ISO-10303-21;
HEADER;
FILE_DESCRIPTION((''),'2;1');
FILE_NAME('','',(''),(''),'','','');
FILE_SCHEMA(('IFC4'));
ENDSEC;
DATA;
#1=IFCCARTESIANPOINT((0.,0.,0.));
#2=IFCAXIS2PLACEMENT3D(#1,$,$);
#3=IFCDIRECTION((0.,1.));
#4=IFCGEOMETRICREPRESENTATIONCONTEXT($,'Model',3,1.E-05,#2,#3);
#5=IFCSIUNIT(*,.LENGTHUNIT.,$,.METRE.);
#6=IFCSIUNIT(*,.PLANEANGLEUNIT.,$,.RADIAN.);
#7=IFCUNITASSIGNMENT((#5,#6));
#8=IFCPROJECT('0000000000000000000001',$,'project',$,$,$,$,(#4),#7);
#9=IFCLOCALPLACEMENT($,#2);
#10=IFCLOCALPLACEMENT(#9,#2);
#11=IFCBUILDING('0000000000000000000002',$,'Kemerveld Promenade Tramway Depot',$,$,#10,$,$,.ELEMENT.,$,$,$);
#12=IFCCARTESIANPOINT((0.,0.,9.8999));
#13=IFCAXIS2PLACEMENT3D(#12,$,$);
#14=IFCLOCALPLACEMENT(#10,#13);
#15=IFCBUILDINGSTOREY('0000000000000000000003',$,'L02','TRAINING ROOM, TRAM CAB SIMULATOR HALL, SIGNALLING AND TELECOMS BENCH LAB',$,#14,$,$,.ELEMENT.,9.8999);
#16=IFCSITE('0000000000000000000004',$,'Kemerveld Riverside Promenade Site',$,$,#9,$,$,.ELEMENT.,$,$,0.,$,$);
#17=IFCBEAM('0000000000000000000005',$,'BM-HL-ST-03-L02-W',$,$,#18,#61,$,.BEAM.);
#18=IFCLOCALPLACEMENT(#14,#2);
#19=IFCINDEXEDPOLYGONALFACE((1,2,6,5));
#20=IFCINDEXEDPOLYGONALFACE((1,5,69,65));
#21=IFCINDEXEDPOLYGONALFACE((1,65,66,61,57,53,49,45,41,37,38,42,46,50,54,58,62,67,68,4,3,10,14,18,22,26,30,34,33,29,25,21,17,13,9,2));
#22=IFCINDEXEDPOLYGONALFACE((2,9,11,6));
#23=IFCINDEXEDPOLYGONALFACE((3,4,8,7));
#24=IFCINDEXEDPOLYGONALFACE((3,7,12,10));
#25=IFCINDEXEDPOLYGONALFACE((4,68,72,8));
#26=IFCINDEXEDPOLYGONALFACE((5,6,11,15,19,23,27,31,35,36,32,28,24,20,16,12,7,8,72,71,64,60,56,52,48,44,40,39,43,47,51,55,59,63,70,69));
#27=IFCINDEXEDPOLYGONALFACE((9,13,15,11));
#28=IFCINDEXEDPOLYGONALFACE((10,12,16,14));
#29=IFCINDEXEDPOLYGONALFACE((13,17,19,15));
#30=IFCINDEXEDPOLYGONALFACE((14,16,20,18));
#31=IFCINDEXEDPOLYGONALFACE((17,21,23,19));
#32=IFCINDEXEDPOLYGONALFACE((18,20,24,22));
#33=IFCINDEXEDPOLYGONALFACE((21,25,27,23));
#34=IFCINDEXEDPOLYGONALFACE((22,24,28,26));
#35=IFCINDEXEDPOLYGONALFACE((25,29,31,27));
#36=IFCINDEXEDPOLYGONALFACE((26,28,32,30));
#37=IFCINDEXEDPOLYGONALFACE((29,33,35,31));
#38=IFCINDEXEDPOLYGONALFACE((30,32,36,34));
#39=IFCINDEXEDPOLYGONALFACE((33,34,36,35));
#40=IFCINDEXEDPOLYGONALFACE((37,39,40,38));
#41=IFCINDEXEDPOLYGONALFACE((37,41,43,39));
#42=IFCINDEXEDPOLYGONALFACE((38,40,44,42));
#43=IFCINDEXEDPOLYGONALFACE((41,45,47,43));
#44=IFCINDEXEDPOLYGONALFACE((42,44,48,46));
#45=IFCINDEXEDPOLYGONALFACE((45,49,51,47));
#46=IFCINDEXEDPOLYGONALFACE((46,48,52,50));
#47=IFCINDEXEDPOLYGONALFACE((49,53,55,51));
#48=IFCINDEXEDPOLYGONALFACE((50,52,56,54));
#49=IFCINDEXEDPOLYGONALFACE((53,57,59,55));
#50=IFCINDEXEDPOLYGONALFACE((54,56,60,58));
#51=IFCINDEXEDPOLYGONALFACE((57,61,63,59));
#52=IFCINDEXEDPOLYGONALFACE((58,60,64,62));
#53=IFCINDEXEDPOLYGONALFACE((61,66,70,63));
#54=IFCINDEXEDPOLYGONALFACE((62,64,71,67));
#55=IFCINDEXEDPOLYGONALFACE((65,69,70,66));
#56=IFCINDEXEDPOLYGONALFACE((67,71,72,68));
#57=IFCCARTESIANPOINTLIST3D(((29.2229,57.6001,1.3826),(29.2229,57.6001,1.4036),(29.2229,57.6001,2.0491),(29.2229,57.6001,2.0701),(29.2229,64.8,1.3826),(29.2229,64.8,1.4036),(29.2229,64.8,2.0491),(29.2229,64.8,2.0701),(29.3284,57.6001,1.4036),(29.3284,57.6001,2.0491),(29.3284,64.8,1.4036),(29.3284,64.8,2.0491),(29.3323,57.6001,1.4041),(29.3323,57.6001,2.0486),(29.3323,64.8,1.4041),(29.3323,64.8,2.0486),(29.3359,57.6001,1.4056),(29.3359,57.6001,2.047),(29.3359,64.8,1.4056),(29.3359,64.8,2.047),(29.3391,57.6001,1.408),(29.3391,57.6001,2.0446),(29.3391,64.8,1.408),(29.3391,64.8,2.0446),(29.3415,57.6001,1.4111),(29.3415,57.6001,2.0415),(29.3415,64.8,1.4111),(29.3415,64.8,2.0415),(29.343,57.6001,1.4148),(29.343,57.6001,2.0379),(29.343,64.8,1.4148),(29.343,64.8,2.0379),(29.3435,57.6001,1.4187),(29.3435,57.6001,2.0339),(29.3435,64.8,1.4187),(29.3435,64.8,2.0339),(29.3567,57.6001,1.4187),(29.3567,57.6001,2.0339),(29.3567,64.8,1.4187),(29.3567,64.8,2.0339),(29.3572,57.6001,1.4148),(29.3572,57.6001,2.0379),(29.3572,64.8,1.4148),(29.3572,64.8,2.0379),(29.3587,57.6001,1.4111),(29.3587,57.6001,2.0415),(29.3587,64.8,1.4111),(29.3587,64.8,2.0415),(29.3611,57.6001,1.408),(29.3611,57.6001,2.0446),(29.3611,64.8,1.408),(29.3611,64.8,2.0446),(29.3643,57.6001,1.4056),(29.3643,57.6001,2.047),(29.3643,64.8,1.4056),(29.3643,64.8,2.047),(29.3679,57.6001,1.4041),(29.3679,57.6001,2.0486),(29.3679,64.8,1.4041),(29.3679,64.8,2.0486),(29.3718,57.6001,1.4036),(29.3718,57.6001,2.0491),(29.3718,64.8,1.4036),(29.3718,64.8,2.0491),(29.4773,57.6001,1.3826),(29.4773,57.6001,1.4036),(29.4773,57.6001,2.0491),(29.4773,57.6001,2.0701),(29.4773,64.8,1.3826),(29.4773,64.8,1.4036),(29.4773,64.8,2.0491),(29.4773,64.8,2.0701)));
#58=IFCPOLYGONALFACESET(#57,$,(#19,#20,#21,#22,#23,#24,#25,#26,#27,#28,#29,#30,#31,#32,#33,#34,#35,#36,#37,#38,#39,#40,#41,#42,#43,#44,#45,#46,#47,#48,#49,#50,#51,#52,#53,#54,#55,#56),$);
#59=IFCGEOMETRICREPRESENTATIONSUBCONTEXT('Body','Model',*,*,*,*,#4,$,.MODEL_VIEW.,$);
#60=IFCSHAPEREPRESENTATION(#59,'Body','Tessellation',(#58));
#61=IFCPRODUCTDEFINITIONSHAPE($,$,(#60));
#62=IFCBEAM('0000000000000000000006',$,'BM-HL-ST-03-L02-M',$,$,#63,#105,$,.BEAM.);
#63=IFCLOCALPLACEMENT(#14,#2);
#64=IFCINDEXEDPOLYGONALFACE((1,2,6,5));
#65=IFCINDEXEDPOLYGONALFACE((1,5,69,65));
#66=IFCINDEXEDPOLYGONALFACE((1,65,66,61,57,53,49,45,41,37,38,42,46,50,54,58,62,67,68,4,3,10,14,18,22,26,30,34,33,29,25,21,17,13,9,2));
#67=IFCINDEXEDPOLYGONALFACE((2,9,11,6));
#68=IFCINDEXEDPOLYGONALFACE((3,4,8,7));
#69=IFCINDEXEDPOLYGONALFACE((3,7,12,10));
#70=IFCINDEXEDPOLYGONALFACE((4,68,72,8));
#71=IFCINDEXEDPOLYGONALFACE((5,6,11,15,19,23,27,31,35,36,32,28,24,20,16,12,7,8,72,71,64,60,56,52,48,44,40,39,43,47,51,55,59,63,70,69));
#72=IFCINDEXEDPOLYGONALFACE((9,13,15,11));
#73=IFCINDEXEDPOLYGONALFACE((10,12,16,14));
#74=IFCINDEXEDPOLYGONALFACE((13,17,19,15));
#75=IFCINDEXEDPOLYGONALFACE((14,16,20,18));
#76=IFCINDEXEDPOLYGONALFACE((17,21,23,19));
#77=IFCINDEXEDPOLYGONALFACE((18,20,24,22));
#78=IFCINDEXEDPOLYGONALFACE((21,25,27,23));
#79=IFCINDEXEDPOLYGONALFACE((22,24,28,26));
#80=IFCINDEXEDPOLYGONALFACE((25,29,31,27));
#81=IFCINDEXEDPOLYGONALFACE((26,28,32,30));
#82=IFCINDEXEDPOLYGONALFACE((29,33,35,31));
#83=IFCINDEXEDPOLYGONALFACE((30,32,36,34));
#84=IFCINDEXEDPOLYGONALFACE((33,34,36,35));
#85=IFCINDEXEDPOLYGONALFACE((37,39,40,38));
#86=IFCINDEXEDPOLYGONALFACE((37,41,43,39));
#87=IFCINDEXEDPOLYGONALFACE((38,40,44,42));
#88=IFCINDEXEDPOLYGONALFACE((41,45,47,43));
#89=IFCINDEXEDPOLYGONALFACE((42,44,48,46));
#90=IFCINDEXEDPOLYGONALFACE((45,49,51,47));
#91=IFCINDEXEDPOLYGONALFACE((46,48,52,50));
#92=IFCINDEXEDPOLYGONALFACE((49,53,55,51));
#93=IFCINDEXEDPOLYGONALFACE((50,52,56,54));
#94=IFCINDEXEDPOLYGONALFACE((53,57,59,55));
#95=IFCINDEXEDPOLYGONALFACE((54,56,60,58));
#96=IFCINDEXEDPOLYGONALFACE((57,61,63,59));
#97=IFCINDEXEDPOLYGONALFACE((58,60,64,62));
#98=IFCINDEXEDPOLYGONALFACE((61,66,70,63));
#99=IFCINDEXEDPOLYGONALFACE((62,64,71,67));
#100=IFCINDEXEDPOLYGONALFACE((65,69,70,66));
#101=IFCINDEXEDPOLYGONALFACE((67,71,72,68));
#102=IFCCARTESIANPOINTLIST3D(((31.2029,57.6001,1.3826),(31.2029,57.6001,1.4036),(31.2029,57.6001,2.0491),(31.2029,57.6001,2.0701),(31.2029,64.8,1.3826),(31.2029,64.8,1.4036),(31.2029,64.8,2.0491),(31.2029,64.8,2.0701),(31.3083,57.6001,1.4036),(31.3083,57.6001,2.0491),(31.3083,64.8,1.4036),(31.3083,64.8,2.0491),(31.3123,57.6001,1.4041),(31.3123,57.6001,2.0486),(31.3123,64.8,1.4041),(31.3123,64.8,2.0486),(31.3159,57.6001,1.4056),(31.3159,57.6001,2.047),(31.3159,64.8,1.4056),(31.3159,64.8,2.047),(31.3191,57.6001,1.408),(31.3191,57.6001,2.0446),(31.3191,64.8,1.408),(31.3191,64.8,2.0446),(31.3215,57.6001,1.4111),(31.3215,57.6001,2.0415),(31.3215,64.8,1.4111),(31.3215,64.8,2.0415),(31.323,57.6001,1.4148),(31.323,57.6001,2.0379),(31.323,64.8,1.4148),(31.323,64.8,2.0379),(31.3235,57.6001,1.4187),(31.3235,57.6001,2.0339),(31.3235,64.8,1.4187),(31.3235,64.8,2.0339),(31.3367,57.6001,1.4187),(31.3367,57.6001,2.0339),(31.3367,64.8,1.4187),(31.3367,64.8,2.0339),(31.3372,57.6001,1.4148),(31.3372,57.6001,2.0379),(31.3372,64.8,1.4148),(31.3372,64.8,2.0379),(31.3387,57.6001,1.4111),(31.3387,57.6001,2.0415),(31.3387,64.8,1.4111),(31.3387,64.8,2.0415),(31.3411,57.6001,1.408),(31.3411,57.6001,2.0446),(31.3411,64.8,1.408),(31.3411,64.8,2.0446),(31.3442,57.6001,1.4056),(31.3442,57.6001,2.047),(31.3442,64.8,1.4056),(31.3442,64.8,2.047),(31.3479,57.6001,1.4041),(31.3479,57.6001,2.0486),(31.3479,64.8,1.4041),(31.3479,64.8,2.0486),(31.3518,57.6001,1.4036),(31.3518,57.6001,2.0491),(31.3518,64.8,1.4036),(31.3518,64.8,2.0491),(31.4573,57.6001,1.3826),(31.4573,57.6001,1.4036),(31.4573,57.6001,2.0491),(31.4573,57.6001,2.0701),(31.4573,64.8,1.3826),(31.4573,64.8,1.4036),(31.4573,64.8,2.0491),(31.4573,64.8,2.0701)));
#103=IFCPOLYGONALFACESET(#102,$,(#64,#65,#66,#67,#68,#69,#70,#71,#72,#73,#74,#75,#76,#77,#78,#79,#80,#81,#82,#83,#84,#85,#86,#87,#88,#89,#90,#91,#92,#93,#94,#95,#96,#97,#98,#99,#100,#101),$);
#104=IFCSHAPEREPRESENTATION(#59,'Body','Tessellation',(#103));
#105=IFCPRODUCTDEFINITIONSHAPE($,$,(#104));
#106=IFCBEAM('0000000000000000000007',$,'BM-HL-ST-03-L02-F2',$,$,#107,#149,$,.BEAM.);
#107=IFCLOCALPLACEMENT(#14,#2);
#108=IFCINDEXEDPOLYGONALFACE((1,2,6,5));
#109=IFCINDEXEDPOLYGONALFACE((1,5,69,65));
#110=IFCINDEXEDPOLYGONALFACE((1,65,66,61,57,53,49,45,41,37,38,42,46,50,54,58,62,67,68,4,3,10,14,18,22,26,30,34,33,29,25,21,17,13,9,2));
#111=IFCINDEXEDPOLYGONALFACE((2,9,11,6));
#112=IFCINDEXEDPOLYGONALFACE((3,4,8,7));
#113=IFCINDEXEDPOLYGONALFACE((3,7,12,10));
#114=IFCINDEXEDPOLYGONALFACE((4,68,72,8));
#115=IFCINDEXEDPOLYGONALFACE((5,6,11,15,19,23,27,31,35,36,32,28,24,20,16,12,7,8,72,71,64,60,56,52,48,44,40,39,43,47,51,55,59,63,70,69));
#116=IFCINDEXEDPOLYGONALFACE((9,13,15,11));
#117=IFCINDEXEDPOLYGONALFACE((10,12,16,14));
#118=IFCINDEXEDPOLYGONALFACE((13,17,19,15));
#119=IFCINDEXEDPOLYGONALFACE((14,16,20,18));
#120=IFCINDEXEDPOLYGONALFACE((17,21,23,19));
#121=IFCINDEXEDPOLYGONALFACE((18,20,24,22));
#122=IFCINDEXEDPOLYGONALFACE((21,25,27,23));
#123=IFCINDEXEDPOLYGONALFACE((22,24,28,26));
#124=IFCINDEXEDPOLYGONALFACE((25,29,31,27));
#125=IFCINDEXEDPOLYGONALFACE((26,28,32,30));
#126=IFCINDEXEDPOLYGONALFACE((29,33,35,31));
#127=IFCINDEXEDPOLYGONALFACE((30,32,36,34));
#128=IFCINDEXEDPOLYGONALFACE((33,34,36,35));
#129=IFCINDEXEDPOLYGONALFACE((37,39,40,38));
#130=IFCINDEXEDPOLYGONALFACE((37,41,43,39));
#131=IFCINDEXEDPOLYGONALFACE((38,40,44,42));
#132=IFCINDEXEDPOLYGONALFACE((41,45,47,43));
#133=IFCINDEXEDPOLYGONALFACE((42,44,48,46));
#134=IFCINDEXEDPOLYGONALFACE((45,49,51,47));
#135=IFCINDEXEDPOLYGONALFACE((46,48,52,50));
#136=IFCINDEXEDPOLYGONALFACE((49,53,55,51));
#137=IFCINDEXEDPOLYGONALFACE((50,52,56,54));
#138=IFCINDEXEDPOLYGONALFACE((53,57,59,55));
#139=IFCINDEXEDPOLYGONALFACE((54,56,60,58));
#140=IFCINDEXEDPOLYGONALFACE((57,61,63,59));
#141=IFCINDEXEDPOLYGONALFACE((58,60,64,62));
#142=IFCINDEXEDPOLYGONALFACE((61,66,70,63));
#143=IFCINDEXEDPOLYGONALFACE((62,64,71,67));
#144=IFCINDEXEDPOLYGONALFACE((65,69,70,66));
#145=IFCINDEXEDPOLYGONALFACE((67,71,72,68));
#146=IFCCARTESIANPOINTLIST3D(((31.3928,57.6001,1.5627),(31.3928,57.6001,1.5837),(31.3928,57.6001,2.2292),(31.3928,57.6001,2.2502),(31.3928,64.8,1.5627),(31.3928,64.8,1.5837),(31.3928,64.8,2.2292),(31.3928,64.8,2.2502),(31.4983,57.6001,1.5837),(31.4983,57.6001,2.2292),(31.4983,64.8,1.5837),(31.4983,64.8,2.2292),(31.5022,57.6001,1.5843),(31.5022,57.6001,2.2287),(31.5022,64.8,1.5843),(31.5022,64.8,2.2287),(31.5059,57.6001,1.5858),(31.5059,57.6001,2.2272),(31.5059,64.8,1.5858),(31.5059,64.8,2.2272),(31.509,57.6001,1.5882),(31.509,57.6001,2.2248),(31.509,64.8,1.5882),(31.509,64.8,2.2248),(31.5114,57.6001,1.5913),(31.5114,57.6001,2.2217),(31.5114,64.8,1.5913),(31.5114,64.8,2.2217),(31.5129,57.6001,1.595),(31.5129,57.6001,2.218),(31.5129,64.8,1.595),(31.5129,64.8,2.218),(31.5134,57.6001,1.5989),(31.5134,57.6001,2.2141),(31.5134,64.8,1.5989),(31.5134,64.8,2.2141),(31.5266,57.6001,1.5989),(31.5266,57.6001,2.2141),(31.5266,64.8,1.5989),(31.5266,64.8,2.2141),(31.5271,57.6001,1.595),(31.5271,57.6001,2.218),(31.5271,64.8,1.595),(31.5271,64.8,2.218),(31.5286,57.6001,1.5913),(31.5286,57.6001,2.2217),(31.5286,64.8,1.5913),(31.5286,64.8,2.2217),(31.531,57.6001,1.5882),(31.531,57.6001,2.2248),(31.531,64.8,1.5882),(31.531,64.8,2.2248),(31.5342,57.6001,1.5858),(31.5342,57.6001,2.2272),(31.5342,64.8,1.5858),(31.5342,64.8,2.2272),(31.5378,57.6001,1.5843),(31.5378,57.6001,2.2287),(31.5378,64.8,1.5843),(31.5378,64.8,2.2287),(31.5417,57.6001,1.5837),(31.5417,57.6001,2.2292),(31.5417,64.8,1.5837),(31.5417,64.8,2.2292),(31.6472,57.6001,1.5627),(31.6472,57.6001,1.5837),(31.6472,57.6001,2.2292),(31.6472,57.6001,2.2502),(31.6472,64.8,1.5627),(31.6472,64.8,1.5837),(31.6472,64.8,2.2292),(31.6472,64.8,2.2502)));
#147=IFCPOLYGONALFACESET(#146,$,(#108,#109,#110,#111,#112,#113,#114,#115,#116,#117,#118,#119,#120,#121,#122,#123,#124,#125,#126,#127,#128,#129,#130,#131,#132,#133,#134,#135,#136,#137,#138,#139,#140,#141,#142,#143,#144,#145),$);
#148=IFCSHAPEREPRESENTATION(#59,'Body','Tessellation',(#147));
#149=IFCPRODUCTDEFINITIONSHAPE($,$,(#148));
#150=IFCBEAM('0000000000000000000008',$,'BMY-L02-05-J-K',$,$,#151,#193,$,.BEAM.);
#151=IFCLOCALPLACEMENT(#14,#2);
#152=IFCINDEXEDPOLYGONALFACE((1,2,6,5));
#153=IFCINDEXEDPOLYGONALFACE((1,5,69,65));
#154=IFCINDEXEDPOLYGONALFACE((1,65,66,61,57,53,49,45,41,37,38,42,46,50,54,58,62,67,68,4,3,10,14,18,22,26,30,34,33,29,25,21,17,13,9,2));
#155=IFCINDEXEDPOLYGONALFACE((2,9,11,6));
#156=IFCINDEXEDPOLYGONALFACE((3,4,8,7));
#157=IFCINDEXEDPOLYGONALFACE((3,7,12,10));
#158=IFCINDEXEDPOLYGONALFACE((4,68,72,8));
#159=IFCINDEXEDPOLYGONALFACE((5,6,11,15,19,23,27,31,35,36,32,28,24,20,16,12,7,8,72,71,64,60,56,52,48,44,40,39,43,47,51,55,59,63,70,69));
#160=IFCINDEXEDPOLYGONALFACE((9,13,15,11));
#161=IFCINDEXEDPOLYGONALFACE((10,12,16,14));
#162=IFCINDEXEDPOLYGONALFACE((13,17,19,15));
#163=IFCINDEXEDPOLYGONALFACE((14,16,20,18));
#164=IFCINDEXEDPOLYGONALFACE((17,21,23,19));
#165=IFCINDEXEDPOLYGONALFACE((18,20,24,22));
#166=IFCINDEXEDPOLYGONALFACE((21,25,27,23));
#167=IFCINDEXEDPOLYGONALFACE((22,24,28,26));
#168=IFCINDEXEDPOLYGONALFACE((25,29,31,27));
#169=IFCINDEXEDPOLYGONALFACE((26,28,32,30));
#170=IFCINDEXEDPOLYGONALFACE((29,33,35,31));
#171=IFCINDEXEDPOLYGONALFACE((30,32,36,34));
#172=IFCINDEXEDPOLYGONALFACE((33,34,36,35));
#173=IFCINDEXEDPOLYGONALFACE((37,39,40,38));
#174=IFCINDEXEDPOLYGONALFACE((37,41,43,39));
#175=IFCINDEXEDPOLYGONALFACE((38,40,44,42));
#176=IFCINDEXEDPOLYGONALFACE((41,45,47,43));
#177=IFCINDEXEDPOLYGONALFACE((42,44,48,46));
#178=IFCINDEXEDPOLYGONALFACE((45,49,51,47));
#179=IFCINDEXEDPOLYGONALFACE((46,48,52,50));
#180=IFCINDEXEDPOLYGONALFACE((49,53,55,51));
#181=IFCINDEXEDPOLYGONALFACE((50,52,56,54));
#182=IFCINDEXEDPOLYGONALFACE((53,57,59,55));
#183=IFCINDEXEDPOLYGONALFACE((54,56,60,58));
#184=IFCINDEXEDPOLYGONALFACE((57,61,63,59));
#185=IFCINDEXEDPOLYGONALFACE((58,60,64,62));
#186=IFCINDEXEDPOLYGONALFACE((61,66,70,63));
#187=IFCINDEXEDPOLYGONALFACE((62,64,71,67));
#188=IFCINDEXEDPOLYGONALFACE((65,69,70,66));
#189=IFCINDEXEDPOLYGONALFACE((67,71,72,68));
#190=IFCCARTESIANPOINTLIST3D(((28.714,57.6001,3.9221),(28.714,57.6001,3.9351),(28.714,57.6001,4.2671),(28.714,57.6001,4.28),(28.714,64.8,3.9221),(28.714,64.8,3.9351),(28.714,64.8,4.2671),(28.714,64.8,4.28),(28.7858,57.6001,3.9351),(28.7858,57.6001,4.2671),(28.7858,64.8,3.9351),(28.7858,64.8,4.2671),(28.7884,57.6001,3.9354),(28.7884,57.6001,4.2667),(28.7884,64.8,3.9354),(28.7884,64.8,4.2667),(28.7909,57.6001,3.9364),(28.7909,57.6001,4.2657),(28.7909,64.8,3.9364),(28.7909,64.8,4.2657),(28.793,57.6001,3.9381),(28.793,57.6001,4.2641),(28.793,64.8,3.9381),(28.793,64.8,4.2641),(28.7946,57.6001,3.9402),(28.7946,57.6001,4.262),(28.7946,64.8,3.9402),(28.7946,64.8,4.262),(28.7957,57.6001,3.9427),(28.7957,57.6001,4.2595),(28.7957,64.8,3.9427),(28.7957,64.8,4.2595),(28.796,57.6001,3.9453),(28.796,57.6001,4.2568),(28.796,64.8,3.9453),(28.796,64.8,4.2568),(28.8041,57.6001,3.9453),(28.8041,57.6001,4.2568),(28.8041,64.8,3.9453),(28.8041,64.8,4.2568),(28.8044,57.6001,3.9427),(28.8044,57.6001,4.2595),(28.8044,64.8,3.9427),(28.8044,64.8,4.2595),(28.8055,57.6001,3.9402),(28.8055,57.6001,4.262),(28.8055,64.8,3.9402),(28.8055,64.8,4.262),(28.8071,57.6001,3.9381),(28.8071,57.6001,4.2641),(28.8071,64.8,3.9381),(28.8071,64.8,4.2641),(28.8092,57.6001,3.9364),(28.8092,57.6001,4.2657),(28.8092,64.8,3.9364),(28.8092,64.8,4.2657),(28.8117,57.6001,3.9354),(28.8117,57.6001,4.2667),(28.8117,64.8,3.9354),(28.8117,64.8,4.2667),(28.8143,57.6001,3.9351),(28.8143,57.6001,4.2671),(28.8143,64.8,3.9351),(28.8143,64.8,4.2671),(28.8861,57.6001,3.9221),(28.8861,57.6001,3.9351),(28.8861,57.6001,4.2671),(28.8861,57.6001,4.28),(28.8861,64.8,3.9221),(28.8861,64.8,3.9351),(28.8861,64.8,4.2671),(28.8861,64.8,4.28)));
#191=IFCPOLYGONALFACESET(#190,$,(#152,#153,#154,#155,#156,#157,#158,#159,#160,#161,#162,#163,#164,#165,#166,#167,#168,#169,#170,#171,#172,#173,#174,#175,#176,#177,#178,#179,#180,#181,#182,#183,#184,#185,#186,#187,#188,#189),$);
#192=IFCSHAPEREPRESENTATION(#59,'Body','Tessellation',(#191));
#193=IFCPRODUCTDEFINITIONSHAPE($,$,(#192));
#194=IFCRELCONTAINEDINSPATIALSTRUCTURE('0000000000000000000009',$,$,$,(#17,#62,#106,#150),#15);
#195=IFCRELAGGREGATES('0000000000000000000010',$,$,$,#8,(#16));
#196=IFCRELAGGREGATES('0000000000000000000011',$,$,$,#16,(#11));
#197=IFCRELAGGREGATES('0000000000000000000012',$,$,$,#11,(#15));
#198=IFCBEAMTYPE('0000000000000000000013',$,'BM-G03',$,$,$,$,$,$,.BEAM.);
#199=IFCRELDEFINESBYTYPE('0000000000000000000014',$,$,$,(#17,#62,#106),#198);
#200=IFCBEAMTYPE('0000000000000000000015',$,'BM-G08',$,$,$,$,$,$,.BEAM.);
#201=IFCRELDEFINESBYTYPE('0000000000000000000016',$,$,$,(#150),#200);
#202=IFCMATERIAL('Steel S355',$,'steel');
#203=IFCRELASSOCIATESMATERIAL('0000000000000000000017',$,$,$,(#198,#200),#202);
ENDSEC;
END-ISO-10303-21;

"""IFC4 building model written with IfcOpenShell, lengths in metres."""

from ifc_helpers import new_model, si_unit, direction, frame, origin, origin_2d, place, context, subcontext, project, spatial, i_section, extrude, material, material_profile, profile_set, type_object, element, save


model = new_model("IFC4")

# Units and contexts
model_context = context("Model", 3, precision=1e-05, world=origin(), true_north=direction((0.0, 1.0)))
body_context = subcontext(model_context, "Body", "Model", "MODEL_VIEW")
ifc_project = project(units=[si_unit("LENGTHUNIT", "METRE"), si_unit("PLANEANGLEUNIT", "RADIAN")], contexts=[model_context])

# Site, building, storey
site_placement = place(None, origin())
site = spatial("IfcSite", under=ifc_project, at=site_placement, Name="Kemerveld Riverside Promenade Site", CompositionType="ELEMENT", RefElevation=0.0)
building_placement = place(site_placement, origin())
building = spatial("IfcBuilding", under=site, at=building_placement, Name="Kemerveld Promenade Tramway Depot", CompositionType="ELEMENT")
storey_placement = place(building_placement, frame((0.0, 0.0, 9.8999)))
storey = spatial("IfcBuildingStorey", under=building, at=storey_placement, Name="L02", Description="TRAINING ROOM, TRAM CAB SIMULATOR HALL, SIGNALLING AND TELECOMS BENCH LAB", CompositionType="ELEMENT", Elevation=9.8999)

# Shared definitions
ifc_material_1 = material(Name="Steel S355", Category="steel")

# Beams
ifc_material_profile_1 = material_profile(ifc_material_1, i_section(OverallWidth=0.2544, OverallDepth=0.6875, WebThickness=0.0132, FlangeThickness=0.021, FilletRadius=0.0151, at=origin_2d()), Name="686x254x152 UB")
ifc_profile_set_1 = profile_set([ifc_material_profile_1], Name="Steel S355")
beam_type_1 = type_object("IfcBeamType", Name="BM-G03", PredefinedType="BEAM", material=ifc_profile_set_1)
for number, where, z_axis, x_axis, name in (
    (1, (29.3501, 57.6001, 1.7263), (0.0, 1.0, 0.0), (-1.0, 0.0, 0.0), "BM-HL-ST-03-L02-W"),
    (2, (31.3301, 57.6001, 1.7263), (0.0, 1.0, 0.0), (-1.0, 0.0, 0.0), "BM-HL-ST-03-L02-M"),
    (3, (31.52, 57.6001, 1.9065), (0.0, 1.0, 0.0), (-1.0, 0.0, 0.0), "BM-HL-ST-03-L02-F2"),
):
    element("IfcBeam", number, at=place(storey_placement, frame(where, z_axis=z_axis, x_axis=x_axis)), inside=storey, type_object=beam_type_1, Name=name, PredefinedType="BEAM", context=body_context, shape_type="SweptSolid", body=[
        extrude(i_section(OverallWidth=0.2544, OverallDepth=0.6875, WebThickness=0.0132, FlangeThickness=0.021, FilletRadius=0.0151, at=origin_2d()), origin(), (0.0, 0.0, 1.0), 7.2),
    ])
ifc_material_profile_2 = material_profile(ifc_material_1, i_section(OverallWidth=0.1721, OverallDepth=0.3579, WebThickness=0.0081, FlangeThickness=0.0129, FilletRadius=0.0103, at=origin_2d()), Name="356x171x57 UB")
ifc_profile_set_2 = profile_set([ifc_material_profile_2], Name="Steel S355")
beam_type_2 = type_object("IfcBeamType", Name="BM-G08", PredefinedType="BEAM", material=ifc_profile_set_2)
for number, where, z_axis, x_axis, name in (
    (4, (28.8, 57.6001, 4.1011), (0.0, 1.0, 0.0), (-1.0, 0.0, 0.0), "BMY-L02-05-J-K"),
):
    element("IfcBeam", number, at=place(storey_placement, frame(where, z_axis=z_axis, x_axis=x_axis)), inside=storey, type_object=beam_type_2, Name=name, PredefinedType="BEAM", context=body_context, shape_type="SweptSolid", body=[
        extrude(i_section(OverallWidth=0.1721, OverallDepth=0.3579, WebThickness=0.0081, FlangeThickness=0.0129, FilletRadius=0.0103, at=origin_2d()), origin(), (0.0, 0.0, 1.0), 7.2),
    ])

save(model, "model.ifc")
